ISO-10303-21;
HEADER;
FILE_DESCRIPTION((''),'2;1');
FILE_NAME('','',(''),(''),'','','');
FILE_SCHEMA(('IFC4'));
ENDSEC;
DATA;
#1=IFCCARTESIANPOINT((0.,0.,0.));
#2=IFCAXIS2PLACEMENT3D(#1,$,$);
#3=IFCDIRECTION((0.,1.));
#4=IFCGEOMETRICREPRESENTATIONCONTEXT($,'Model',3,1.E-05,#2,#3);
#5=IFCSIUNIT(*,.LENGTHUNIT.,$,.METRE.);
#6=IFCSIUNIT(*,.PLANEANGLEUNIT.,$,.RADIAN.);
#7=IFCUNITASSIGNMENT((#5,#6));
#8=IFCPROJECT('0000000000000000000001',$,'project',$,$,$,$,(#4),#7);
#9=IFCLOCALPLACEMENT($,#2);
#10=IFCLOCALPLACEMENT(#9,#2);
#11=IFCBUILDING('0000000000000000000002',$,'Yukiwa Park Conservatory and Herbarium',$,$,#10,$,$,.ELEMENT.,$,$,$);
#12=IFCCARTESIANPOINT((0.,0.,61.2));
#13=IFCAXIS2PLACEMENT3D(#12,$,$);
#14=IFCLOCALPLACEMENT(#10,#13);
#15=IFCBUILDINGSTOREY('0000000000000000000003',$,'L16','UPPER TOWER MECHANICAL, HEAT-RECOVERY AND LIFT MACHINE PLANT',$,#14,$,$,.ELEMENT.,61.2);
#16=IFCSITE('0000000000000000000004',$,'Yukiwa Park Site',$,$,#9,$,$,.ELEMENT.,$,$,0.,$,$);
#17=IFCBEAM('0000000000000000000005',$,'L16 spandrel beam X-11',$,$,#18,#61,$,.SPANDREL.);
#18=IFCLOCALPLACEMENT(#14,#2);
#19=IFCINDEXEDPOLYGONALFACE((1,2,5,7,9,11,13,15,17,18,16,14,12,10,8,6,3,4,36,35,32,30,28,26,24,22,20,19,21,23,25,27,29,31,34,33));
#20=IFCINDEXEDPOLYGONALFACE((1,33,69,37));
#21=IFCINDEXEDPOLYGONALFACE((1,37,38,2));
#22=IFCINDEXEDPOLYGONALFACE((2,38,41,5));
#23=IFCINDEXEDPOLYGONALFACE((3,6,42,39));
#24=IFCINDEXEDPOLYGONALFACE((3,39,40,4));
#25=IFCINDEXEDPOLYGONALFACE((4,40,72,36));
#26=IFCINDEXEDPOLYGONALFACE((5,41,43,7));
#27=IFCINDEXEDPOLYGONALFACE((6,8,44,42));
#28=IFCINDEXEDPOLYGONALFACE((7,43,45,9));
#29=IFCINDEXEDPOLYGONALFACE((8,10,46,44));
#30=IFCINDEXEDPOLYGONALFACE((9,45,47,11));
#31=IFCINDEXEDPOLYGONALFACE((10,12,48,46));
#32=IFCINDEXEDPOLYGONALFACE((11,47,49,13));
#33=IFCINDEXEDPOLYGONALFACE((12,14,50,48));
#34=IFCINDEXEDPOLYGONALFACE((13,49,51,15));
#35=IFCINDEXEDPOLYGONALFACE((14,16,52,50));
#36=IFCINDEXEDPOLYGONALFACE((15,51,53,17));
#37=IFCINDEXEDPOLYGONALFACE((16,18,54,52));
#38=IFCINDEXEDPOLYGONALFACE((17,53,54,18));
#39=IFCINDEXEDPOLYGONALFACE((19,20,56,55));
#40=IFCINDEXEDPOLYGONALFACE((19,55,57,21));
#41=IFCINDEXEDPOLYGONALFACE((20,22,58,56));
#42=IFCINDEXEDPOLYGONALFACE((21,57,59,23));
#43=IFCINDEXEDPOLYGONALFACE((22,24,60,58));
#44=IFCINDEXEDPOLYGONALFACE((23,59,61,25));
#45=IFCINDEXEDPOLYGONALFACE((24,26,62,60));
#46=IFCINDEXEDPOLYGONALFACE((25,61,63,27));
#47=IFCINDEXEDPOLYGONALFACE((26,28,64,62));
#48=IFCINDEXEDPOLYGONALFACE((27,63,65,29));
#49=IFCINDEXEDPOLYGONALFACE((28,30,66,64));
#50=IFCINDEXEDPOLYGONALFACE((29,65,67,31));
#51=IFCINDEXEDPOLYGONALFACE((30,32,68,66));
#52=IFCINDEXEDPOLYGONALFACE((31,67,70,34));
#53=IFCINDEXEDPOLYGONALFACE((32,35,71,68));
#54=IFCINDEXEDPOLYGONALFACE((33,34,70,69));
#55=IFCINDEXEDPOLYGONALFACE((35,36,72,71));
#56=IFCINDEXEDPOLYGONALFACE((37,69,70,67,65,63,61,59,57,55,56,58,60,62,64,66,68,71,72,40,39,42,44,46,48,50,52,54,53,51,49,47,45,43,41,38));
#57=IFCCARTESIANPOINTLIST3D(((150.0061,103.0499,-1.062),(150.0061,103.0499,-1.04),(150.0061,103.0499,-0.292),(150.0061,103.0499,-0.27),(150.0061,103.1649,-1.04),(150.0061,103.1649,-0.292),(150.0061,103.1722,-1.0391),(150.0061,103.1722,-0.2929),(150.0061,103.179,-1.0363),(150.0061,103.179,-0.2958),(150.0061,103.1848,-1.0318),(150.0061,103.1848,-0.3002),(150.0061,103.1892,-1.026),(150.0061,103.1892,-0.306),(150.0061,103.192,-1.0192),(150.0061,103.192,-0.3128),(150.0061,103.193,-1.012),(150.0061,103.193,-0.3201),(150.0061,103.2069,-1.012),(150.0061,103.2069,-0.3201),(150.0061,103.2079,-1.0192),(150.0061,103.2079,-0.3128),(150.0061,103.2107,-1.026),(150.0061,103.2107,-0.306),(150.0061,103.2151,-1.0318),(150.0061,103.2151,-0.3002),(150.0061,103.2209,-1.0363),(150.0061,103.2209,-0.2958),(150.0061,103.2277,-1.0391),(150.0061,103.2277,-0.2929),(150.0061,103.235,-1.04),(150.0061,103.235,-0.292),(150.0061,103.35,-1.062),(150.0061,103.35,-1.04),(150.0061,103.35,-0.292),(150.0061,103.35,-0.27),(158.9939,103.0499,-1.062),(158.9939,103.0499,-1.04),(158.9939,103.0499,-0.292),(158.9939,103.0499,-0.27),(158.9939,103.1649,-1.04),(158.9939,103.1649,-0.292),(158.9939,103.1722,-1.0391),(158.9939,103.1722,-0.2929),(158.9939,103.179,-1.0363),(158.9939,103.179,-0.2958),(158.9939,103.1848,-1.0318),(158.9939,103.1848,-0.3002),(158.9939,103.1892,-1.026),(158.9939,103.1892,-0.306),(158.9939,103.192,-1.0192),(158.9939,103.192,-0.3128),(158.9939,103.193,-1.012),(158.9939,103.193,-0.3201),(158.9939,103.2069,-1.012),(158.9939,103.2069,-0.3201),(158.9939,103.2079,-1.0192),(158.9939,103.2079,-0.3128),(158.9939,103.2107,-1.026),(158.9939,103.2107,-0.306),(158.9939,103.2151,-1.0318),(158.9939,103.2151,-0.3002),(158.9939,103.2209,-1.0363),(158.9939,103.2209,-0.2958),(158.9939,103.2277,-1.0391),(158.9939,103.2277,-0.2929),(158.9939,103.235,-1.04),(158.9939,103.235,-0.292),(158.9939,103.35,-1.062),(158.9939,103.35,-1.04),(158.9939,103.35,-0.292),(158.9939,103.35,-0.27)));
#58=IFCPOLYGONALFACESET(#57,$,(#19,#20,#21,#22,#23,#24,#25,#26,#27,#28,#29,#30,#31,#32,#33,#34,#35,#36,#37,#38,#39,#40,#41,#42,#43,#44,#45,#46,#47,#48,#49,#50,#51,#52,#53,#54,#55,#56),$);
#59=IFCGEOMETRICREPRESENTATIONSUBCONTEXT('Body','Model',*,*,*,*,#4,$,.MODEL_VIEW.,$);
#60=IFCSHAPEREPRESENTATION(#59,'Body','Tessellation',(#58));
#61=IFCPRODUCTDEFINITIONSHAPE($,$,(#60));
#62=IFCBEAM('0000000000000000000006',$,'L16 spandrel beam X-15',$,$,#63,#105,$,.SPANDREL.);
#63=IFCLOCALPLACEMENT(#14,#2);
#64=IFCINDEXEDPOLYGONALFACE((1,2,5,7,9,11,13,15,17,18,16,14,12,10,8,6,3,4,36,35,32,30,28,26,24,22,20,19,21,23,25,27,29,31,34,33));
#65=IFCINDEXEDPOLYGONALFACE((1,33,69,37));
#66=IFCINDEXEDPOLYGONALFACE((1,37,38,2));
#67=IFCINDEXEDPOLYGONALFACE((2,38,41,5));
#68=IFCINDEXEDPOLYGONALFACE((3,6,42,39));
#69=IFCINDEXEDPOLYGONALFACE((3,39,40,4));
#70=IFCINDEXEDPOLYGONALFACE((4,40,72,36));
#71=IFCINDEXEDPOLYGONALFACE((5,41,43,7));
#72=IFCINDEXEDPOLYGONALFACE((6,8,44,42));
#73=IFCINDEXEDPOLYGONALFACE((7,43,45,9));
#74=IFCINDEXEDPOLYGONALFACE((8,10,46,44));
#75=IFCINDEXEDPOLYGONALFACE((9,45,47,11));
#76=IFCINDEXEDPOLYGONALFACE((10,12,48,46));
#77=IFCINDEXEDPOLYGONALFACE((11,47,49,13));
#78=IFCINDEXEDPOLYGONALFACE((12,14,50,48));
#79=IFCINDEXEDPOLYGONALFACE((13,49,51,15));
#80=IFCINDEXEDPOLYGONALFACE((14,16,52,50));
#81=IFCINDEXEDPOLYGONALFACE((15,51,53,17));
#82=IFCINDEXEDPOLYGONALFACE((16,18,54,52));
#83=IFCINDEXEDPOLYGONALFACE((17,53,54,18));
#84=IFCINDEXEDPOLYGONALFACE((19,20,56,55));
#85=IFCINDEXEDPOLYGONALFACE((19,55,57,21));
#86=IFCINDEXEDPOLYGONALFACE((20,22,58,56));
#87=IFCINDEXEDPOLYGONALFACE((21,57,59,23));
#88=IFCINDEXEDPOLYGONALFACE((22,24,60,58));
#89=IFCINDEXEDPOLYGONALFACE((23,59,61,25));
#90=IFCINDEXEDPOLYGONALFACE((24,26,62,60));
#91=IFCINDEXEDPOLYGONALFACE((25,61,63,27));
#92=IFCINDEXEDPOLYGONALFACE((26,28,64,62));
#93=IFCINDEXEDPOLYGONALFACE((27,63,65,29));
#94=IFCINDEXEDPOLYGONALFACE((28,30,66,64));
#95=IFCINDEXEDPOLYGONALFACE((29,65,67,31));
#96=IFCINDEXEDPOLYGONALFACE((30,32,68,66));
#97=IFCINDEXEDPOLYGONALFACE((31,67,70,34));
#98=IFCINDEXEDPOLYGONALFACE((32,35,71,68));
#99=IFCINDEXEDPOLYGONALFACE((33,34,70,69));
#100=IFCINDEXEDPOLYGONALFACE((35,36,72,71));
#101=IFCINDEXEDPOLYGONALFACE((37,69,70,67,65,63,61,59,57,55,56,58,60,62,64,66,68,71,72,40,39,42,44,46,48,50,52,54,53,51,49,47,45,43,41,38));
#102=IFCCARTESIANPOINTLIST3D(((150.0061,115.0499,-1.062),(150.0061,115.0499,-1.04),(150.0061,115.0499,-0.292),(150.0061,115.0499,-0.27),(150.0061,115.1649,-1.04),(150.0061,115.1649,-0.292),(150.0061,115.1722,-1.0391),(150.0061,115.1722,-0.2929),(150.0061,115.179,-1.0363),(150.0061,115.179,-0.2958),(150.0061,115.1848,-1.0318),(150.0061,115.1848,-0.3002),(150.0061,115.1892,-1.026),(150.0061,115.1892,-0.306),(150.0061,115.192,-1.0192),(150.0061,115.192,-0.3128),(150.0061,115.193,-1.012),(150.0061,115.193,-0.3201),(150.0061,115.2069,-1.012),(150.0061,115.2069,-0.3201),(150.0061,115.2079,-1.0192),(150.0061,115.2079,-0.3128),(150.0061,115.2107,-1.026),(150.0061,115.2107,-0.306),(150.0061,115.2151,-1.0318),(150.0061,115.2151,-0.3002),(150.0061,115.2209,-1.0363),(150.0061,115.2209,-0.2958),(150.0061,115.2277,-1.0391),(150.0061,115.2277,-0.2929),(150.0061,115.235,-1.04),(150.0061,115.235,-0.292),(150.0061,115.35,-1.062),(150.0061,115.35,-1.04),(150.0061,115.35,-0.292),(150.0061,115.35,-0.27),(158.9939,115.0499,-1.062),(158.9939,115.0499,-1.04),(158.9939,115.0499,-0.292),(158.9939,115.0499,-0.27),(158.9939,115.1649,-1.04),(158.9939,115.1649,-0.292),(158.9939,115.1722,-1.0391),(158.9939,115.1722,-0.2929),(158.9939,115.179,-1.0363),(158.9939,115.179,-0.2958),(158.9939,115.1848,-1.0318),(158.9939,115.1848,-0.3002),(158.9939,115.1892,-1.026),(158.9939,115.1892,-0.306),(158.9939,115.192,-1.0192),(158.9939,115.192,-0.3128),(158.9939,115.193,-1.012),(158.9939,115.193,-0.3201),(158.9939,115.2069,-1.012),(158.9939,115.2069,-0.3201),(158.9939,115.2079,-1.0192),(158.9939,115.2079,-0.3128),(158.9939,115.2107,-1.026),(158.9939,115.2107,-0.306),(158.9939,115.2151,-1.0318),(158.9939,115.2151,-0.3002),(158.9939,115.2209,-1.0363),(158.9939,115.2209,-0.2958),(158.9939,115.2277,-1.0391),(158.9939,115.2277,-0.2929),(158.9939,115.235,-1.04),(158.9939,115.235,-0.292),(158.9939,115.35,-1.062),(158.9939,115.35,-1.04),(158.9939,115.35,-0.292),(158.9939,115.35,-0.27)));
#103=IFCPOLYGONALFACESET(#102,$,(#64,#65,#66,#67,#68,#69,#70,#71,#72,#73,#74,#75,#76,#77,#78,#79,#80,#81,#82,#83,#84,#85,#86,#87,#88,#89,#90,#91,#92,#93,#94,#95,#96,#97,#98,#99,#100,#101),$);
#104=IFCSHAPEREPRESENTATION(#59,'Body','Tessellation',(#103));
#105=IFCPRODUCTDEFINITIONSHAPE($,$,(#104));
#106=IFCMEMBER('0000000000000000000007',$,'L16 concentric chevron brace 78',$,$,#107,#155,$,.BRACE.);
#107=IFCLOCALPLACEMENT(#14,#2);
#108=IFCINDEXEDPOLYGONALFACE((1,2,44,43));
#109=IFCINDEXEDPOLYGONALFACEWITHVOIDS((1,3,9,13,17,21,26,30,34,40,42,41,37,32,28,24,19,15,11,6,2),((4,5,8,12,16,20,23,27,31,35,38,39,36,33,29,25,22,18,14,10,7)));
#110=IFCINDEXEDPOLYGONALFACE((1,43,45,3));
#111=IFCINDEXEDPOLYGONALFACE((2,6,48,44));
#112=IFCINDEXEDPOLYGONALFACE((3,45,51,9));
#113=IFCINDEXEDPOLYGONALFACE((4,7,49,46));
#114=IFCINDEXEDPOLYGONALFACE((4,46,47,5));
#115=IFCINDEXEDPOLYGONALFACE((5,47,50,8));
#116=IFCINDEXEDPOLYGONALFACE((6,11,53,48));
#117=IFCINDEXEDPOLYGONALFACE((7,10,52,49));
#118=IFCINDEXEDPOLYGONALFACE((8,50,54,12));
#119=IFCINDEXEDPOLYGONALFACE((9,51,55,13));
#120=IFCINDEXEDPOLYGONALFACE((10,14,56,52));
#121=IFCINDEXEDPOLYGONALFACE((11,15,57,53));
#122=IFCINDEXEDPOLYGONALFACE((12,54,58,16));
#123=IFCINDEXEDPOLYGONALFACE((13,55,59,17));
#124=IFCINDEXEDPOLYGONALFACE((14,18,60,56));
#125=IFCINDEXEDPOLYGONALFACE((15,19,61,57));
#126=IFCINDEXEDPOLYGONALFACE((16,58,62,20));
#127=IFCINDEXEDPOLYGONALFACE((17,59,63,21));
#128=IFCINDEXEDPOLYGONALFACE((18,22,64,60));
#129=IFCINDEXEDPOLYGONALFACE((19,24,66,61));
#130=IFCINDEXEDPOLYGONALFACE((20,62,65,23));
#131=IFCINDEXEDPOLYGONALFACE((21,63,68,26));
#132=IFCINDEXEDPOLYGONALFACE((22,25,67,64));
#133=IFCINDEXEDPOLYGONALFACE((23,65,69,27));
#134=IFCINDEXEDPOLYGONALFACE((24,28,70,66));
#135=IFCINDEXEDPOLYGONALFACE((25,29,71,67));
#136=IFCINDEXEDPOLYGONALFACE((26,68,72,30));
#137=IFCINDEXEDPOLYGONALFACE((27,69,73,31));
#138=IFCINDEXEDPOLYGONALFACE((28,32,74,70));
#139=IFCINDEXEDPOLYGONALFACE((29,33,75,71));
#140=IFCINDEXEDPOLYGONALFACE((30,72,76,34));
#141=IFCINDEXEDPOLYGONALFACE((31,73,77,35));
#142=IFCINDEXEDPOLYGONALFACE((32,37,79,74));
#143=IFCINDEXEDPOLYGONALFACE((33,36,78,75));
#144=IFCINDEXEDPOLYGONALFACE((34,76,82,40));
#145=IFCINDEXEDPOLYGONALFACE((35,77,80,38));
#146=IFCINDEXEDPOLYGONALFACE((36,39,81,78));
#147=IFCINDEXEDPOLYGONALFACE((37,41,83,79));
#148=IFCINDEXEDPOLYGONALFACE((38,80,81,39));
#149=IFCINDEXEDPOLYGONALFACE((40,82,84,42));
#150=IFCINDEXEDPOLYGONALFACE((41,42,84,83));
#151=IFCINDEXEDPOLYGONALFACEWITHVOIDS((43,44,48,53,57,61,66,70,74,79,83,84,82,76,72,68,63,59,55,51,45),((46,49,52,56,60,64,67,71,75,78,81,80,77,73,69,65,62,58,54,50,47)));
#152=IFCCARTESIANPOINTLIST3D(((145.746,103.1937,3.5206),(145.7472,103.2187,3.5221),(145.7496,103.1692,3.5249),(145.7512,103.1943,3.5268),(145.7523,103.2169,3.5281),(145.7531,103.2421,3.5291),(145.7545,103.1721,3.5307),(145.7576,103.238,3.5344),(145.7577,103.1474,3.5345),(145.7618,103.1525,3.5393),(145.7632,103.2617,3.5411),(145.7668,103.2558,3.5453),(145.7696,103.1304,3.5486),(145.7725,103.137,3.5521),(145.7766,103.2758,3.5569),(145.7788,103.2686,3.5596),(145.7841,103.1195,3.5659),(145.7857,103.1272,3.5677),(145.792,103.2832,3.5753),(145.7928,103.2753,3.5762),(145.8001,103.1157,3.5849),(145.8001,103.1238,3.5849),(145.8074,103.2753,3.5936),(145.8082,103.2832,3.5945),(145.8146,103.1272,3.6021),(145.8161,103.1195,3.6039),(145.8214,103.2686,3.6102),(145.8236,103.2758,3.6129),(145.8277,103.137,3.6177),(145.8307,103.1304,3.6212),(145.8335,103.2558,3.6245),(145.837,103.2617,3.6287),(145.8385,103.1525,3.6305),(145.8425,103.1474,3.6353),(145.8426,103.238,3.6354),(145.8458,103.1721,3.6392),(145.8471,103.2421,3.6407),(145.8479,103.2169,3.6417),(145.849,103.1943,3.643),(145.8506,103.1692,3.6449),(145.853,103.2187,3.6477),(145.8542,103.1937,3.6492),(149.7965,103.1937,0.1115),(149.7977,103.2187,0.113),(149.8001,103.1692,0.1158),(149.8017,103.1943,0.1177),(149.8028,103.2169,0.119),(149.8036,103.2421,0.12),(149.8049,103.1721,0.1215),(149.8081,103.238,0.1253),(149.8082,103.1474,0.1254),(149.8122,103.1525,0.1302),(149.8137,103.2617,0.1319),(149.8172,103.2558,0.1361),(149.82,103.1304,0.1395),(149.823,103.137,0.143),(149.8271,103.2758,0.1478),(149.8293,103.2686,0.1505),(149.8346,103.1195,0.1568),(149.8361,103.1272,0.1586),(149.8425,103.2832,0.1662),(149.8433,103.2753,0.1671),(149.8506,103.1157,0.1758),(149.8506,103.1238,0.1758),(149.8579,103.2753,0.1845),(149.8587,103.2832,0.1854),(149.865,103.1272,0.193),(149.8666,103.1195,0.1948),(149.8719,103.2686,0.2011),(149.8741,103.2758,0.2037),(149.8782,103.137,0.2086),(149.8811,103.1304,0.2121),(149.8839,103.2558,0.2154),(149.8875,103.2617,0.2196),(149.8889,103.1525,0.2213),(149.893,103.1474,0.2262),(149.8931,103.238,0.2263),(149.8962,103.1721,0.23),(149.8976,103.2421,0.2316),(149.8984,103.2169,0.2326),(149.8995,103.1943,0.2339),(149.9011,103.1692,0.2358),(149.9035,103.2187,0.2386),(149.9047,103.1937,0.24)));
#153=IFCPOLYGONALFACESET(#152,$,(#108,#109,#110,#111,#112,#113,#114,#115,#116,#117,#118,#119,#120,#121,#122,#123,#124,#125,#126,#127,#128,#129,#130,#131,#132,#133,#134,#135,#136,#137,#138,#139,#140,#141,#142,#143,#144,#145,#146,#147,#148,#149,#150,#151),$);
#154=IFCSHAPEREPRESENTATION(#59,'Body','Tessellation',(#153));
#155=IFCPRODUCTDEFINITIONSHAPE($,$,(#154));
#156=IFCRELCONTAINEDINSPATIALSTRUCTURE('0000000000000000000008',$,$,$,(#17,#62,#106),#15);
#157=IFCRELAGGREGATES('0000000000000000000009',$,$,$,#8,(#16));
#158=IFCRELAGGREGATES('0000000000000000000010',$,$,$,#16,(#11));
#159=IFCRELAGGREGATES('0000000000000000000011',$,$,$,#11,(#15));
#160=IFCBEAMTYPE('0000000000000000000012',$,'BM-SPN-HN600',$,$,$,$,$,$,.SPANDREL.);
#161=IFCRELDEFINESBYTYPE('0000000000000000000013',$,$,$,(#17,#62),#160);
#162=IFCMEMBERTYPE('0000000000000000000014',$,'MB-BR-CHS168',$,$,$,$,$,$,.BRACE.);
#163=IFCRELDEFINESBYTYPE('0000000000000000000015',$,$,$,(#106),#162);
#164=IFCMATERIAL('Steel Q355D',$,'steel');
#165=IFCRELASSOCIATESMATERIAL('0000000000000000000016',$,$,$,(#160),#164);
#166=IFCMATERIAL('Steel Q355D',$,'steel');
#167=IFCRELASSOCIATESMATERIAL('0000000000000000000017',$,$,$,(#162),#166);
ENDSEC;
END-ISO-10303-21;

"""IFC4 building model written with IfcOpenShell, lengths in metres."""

from ifc_helpers import new_model, si_unit, direction, frame, origin, origin_2d, place, context, subcontext, project, spatial, hollow_circle, i_section, extrude, material, material_profile, profile_set, type_object, element, save


model = new_model("IFC4")

# Units and contexts
model_context = context("Model", 3, precision=1e-05, world=origin(), true_north=direction((0.0, 1.0)))
body_context = subcontext(model_context, "Body", "Model", "MODEL_VIEW")
ifc_project = project(units=[si_unit("LENGTHUNIT", "METRE"), si_unit("PLANEANGLEUNIT", "RADIAN")], contexts=[model_context])

# Site, building, storey
site_placement = place(None, origin())
site = spatial("IfcSite", under=ifc_project, at=site_placement, Name="Yukiwa Park Site", CompositionType="ELEMENT", RefElevation=0.0)
building_placement = place(site_placement, origin())
building = spatial("IfcBuilding", under=site, at=building_placement, Name="Yukiwa Park Conservatory and Herbarium", CompositionType="ELEMENT")
storey_placement = place(building_placement, frame((0.0, 0.0, 61.2)))
storey = spatial("IfcBuildingStorey", under=building, at=storey_placement, Name="L16", Description="UPPER TOWER MECHANICAL, HEAT-RECOVERY AND LIFT MACHINE PLANT", CompositionType="ELEMENT", Elevation=61.2)

# Beams
ifc_material_1 = material(Name="Steel Q355D", Category="steel")
ifc_material_profile_1 = material_profile(ifc_material_1, i_section(OverallWidth=0.3, OverallDepth=0.792, WebThickness=0.0139, FlangeThickness=0.022, FilletRadius=0.0281, at=origin_2d()), Name="HN 792x300x14x22")
ifc_profile_set_1 = profile_set([ifc_material_profile_1], Name="Steel Q355D")
beam_type_1 = type_object("IfcBeamType", Name="BM-SPN-HN600", PredefinedType="SPANDREL", material=ifc_profile_set_1)
for number, where, z_axis, x_axis, name in (
    (1, (150.0061, 103.2, -0.666), (1.0, 0.0, 0.0), (0.0, 1.0, 0.0), "L16 spandrel beam X-11"),
    (2, (150.0061, 115.2, -0.666), (1.0, 0.0, 0.0), (0.0, 1.0, 0.0), "L16 spandrel beam X-15"),
):
    element("IfcBeam", number, at=place(storey_placement, frame(where, z_axis=z_axis, x_axis=x_axis)), inside=storey, type_object=beam_type_1, Name=name, PredefinedType="SPANDREL", context=body_context, shape_type="SweptSolid", body=[
        extrude(i_section(OverallWidth=0.3, OverallDepth=0.792, WebThickness=0.0139, FlangeThickness=0.022, FilletRadius=0.0281, at=origin_2d()), origin(), (0.0, 0.0, 1.0), 8.9878),
    ])

# Member
ifc_material_2 = material(Name="Steel Q355D", Category="steel")
ifc_material_profile_2 = material_profile(ifc_material_2, hollow_circle(Radius=0.0842, WallThickness=0.0081, at=origin_2d()), Name="CHS 168.3x8")
ifc_profile_set_2 = profile_set([ifc_material_profile_2], Name="Steel Q355D")
member_type = type_object("IfcMemberType", Name="MB-BR-CHS168", PredefinedType="BRACE", material=ifc_profile_set_2)
member_1_placement = place(storey_placement, frame((149.8506, 103.2, 0.1758), z_axis=(-0.765079, 0.0, 0.643937), x_axis=(0.0, -1.0, 0.0)))
element("IfcMember", 3, at=member_1_placement, inside=storey, type_object=member_type, Name="L16 concentric chevron brace 78", PredefinedType="BRACE", context=body_context, shape_type="SweptSolid", body=[
    extrude(hollow_circle(Radius=0.0842, WallThickness=0.0081, at=origin_2d()), origin(), (0.0, 0.0, 1.0), 5.2942),
])

save(model, "model.ifc")
